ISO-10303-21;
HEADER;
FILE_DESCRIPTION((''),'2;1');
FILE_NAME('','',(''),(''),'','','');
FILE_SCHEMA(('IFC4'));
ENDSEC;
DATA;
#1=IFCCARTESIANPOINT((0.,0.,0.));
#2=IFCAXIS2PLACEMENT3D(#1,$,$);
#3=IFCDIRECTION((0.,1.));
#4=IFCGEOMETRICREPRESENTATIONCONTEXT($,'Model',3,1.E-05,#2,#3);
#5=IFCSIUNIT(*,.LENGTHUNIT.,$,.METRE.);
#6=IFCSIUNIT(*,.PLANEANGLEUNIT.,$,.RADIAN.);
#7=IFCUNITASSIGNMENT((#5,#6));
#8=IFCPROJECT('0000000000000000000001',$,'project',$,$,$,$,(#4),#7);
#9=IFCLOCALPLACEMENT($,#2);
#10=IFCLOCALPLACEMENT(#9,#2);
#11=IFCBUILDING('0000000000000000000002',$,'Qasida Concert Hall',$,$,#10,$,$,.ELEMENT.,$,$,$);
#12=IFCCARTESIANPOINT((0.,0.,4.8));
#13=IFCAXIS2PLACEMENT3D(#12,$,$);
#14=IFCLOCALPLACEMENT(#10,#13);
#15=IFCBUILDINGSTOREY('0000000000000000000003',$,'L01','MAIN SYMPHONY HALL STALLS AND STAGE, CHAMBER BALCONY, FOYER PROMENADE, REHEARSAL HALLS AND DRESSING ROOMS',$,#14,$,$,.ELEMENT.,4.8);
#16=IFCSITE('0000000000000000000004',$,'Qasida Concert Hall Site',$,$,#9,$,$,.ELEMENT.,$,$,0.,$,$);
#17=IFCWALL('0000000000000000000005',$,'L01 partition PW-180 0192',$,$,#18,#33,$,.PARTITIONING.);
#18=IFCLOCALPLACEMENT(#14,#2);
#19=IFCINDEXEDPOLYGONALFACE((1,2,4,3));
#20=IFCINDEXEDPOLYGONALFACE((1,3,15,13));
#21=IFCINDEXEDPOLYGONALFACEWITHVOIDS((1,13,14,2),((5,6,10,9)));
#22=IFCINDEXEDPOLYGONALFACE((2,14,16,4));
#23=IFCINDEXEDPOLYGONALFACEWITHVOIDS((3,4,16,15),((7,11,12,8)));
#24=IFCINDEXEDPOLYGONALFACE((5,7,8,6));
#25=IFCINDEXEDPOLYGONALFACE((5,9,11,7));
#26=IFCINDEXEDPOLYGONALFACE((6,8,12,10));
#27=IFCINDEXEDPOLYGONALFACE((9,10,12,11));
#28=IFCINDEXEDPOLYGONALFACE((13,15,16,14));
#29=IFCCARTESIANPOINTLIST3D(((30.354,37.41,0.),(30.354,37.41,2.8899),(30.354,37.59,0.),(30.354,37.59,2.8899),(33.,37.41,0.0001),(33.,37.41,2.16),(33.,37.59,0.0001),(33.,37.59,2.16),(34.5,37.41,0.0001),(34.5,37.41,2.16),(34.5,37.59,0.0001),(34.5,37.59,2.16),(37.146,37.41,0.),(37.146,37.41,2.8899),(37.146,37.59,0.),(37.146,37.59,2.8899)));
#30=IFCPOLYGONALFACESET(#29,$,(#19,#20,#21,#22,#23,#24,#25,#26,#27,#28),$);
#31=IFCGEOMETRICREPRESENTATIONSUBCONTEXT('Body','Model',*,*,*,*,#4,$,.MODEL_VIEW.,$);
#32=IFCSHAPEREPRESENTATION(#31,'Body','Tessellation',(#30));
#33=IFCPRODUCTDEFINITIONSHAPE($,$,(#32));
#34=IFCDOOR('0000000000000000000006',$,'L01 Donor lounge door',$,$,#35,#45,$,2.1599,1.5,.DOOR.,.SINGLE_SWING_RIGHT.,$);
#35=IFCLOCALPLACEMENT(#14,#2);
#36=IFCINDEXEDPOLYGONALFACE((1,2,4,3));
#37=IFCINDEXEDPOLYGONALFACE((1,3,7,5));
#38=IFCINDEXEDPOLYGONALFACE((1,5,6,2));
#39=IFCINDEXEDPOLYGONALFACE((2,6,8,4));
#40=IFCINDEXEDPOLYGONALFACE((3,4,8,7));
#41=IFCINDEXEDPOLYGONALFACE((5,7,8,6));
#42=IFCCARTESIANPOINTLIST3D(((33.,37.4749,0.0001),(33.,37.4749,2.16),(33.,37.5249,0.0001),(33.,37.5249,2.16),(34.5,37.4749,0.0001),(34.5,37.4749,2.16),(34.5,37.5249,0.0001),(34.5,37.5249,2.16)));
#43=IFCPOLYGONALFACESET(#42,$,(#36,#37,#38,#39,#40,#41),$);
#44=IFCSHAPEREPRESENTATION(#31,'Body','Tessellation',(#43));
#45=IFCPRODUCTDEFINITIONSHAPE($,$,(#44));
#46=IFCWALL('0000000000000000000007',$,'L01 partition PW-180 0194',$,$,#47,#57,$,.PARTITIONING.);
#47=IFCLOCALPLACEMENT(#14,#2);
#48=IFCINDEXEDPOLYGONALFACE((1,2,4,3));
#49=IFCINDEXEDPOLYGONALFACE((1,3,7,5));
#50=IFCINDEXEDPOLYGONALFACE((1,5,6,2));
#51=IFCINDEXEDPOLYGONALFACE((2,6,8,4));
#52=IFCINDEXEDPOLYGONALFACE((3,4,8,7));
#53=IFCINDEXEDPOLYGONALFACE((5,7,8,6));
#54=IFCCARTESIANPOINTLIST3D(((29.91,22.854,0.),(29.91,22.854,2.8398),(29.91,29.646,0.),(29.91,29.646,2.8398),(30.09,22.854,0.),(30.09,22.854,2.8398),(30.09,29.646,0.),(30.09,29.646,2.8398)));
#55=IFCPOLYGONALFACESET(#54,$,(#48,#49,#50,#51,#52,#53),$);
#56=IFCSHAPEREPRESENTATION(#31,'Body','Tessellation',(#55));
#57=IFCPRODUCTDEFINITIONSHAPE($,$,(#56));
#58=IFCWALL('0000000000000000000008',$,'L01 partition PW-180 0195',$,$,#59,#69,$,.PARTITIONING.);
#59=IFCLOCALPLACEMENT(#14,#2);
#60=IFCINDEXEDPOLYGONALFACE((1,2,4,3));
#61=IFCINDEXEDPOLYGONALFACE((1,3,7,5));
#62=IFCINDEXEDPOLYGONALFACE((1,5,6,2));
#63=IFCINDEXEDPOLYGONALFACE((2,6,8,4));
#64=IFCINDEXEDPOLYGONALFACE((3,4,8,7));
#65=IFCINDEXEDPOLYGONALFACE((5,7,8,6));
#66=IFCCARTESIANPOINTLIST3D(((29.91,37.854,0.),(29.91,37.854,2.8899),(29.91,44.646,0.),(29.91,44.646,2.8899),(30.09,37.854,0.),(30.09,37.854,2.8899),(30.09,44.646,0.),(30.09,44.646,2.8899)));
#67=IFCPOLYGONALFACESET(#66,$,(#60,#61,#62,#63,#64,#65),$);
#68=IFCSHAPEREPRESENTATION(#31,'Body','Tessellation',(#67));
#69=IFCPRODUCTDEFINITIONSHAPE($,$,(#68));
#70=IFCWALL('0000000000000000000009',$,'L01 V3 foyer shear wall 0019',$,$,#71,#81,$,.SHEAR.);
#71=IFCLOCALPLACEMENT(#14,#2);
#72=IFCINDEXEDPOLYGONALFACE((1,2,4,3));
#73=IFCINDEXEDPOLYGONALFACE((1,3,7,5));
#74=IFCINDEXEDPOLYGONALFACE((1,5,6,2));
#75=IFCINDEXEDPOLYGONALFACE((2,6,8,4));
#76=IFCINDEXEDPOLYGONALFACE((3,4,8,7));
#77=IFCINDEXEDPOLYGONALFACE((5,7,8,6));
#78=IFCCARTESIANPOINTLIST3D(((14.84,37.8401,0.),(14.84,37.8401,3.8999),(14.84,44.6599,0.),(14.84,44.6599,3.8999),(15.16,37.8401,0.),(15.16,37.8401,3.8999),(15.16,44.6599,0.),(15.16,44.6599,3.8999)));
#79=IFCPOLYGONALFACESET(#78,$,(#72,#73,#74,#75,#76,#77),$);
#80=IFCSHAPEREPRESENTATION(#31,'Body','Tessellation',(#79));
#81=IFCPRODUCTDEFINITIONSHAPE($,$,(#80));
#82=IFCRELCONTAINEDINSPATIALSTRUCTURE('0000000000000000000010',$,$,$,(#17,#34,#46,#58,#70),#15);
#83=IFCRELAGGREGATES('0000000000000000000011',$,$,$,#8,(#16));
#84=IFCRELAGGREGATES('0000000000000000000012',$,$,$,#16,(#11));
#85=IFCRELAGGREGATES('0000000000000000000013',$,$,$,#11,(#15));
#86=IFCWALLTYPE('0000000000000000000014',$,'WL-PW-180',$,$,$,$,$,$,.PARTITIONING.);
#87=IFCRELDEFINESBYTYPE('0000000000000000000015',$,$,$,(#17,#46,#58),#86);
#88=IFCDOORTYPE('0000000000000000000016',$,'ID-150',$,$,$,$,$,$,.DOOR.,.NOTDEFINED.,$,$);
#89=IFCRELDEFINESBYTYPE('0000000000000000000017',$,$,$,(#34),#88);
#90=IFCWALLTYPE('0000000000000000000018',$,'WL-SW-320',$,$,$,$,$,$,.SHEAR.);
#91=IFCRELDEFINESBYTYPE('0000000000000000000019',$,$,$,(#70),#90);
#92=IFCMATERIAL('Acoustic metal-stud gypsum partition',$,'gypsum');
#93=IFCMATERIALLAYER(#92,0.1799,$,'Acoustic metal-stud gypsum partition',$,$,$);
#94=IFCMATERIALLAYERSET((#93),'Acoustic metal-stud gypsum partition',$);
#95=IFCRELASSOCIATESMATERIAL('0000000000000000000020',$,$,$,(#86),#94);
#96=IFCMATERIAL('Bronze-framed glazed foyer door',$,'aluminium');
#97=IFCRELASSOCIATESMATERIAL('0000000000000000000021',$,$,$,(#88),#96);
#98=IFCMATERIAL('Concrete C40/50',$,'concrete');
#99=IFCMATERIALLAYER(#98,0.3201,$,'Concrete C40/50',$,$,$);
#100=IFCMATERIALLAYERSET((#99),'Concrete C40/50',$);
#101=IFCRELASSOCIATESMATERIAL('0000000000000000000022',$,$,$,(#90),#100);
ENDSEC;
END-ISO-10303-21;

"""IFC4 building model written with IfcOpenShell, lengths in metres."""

from ifc_helpers import new_model, si_unit, direction, frame, frame_2d, origin, place, context, subcontext, project, spatial, rectangle, extrude, material, layer, layer_set, type_object, element, fill, save


model = new_model("IFC4")

# Units and contexts
model_context = context("Model", 3, precision=1e-05, world=origin(), true_north=direction((0.0, 1.0)))
body_context = subcontext(model_context, "Body", "Model", "MODEL_VIEW")
ifc_project = project(units=[si_unit("LENGTHUNIT", "METRE"), si_unit("PLANEANGLEUNIT", "RADIAN")], contexts=[model_context])

# Site, building, storey
site_placement = place(None, origin())
site = spatial("IfcSite", under=ifc_project, at=site_placement, Name="Qasida Concert Hall Site", CompositionType="ELEMENT", RefElevation=0.0)
building_placement = place(site_placement, origin())
building = spatial("IfcBuilding", under=site, at=building_placement, Name="Qasida Concert Hall", CompositionType="ELEMENT")
storey_placement = place(building_placement, frame((0.0, 0.0, 4.8)))
storey = spatial("IfcBuildingStorey", under=building, at=storey_placement, Name="L01", Description="MAIN SYMPHONY HALL STALLS AND STAGE, CHAMBER BALCONY, FOYER PROMENADE, REHEARSAL HALLS AND DRESSING ROOMS", CompositionType="ELEMENT", Elevation=4.8)

# Shared definitions
ifc_material_1 = material(Name="Concrete C40/50", Category="concrete")

# Shared definitions
ifc_material_2 = material(Name="Acoustic metal-stud gypsum partition", Category="gypsum")
ifc_layer_1 = layer(ifc_material_2, 0.1799, Name="Acoustic metal-stud gypsum partition")
ifc_layer_set_1 = layer_set([ifc_layer_1], Name="Acoustic metal-stud gypsum partition")
wall_type_1 = type_object("IfcWallType", Name="WL-PW-180", PredefinedType="PARTITIONING", material=ifc_layer_set_1)

# Shared definitions
ifc_material_3 = material(Name="Bronze-framed glazed foyer door", Category="aluminium")
door_type = type_object("IfcDoorType", Name="ID-150", OperationType="NOTDEFINED", PredefinedType="DOOR", material=ifc_material_3)

# Wall, opening, door
wall_1_placement = place(storey_placement, frame((30.354, 37.5, 0.0), z_axis=(0.0, 0.0, 1.0), x_axis=(1.0, 0.0, 0.0)))
wall_1 = element("IfcWall", 1, at=wall_1_placement, inside=storey, type_object=wall_type_1, Name="L01 partition PW-180 0192", PredefinedType="PARTITIONING", context=body_context, shape_type="SweptSolid", body=[
    extrude(rectangle(XDim=6.792, YDim=0.1799, at=frame_2d((3.396, 0.0))), origin(), (0.0, 0.0, 1.0), 2.8899),
])
opening_1_placement = place(wall_1_placement, frame((2.646, 0.0, 0.0)))
opening_1 = element("IfcOpeningElement", 2, at=opening_1_placement, cuts=wall_1, PredefinedType="OPENING", context=body_context, shape_type="SweptSolid", body=[
    extrude(rectangle(XDim=1.5, YDim=2.1599, at=frame_2d((0.75, 1.0801))), frame((0.0, 0.0999, 0.0), z_axis=(0.0, -1.0, 0.0), x_axis=(1.0, 0.0, 0.0)), (0.0, 0.0, 1.0), 0.2),
])
door_1_placement = place(opening_1_placement, origin())
door_1 = element("IfcDoor", 3, at=door_1_placement, inside=storey, type_object=door_type, Name="L01 Donor lounge door", OperationType="SINGLE_SWING_RIGHT", OverallHeight=2.1599, OverallWidth=1.5, PredefinedType="DOOR", context=body_context, shape_type="SweptSolid", body=[
    extrude(rectangle(XDim=1.5, YDim=2.1599, at=frame_2d((0.75, 1.0801))), frame((0.0, 0.0249, 0.0), z_axis=(0.0, -1.0, 0.0), x_axis=(1.0, 0.0, 0.0)), (0.0, 0.0, 1.0), 0.05),
])
fill(opening_1, door_1)

# Walls
wall_2_placement = place(storey_placement, frame((30.0, 22.854, 0.0), z_axis=(0.0, 0.0, 1.0), x_axis=(0.0, 1.0, 0.0)))
element("IfcWall", 4, at=wall_2_placement, inside=storey, type_object=wall_type_1, Name="L01 partition PW-180 0194", PredefinedType="PARTITIONING", context=body_context, shape_type="SweptSolid", body=[
    extrude(rectangle(XDim=6.792, YDim=0.1799, at=frame_2d((3.396, 0.0))), origin(), (0.0, 0.0, 1.0), 2.8398),
])
wall_3_placement = place(storey_placement, frame((30.0, 37.854, 0.0), z_axis=(0.0, 0.0, 1.0), x_axis=(0.0, 1.0, 0.0)))
element("IfcWall", 5, at=wall_3_placement, inside=storey, type_object=wall_type_1, Name="L01 partition PW-180 0195", PredefinedType="PARTITIONING", context=body_context, shape_type="SweptSolid", body=[
    extrude(rectangle(XDim=6.792, YDim=0.1799, at=frame_2d((3.396, 0.0))), origin(), (0.0, 0.0, 1.0), 2.8899),
])
ifc_layer_2 = layer(ifc_material_1, 0.3201, Name="Concrete C40/50")
ifc_layer_set_2 = layer_set([ifc_layer_2], Name="Concrete C40/50")
wall_type_2 = type_object("IfcWallType", Name="WL-SW-320", PredefinedType="SHEAR", material=ifc_layer_set_2)
wall_4_placement = place(storey_placement, frame((15.0, 37.8401, 0.0), z_axis=(0.0, 0.0, 1.0), x_axis=(0.0, 1.0, 0.0)))
element("IfcWall", 6, at=wall_4_placement, inside=storey, type_object=wall_type_2, Name="L01 V3 foyer shear wall 0019", PredefinedType="SHEAR", context=body_context, shape_type="SweptSolid", body=[
    extrude(rectangle(XDim=6.8198, YDim=0.3201, at=frame_2d((3.4099, 0.0))), origin(), (0.0, 0.0, 1.0), 3.8999),
])

save(model, "model.ifc")
